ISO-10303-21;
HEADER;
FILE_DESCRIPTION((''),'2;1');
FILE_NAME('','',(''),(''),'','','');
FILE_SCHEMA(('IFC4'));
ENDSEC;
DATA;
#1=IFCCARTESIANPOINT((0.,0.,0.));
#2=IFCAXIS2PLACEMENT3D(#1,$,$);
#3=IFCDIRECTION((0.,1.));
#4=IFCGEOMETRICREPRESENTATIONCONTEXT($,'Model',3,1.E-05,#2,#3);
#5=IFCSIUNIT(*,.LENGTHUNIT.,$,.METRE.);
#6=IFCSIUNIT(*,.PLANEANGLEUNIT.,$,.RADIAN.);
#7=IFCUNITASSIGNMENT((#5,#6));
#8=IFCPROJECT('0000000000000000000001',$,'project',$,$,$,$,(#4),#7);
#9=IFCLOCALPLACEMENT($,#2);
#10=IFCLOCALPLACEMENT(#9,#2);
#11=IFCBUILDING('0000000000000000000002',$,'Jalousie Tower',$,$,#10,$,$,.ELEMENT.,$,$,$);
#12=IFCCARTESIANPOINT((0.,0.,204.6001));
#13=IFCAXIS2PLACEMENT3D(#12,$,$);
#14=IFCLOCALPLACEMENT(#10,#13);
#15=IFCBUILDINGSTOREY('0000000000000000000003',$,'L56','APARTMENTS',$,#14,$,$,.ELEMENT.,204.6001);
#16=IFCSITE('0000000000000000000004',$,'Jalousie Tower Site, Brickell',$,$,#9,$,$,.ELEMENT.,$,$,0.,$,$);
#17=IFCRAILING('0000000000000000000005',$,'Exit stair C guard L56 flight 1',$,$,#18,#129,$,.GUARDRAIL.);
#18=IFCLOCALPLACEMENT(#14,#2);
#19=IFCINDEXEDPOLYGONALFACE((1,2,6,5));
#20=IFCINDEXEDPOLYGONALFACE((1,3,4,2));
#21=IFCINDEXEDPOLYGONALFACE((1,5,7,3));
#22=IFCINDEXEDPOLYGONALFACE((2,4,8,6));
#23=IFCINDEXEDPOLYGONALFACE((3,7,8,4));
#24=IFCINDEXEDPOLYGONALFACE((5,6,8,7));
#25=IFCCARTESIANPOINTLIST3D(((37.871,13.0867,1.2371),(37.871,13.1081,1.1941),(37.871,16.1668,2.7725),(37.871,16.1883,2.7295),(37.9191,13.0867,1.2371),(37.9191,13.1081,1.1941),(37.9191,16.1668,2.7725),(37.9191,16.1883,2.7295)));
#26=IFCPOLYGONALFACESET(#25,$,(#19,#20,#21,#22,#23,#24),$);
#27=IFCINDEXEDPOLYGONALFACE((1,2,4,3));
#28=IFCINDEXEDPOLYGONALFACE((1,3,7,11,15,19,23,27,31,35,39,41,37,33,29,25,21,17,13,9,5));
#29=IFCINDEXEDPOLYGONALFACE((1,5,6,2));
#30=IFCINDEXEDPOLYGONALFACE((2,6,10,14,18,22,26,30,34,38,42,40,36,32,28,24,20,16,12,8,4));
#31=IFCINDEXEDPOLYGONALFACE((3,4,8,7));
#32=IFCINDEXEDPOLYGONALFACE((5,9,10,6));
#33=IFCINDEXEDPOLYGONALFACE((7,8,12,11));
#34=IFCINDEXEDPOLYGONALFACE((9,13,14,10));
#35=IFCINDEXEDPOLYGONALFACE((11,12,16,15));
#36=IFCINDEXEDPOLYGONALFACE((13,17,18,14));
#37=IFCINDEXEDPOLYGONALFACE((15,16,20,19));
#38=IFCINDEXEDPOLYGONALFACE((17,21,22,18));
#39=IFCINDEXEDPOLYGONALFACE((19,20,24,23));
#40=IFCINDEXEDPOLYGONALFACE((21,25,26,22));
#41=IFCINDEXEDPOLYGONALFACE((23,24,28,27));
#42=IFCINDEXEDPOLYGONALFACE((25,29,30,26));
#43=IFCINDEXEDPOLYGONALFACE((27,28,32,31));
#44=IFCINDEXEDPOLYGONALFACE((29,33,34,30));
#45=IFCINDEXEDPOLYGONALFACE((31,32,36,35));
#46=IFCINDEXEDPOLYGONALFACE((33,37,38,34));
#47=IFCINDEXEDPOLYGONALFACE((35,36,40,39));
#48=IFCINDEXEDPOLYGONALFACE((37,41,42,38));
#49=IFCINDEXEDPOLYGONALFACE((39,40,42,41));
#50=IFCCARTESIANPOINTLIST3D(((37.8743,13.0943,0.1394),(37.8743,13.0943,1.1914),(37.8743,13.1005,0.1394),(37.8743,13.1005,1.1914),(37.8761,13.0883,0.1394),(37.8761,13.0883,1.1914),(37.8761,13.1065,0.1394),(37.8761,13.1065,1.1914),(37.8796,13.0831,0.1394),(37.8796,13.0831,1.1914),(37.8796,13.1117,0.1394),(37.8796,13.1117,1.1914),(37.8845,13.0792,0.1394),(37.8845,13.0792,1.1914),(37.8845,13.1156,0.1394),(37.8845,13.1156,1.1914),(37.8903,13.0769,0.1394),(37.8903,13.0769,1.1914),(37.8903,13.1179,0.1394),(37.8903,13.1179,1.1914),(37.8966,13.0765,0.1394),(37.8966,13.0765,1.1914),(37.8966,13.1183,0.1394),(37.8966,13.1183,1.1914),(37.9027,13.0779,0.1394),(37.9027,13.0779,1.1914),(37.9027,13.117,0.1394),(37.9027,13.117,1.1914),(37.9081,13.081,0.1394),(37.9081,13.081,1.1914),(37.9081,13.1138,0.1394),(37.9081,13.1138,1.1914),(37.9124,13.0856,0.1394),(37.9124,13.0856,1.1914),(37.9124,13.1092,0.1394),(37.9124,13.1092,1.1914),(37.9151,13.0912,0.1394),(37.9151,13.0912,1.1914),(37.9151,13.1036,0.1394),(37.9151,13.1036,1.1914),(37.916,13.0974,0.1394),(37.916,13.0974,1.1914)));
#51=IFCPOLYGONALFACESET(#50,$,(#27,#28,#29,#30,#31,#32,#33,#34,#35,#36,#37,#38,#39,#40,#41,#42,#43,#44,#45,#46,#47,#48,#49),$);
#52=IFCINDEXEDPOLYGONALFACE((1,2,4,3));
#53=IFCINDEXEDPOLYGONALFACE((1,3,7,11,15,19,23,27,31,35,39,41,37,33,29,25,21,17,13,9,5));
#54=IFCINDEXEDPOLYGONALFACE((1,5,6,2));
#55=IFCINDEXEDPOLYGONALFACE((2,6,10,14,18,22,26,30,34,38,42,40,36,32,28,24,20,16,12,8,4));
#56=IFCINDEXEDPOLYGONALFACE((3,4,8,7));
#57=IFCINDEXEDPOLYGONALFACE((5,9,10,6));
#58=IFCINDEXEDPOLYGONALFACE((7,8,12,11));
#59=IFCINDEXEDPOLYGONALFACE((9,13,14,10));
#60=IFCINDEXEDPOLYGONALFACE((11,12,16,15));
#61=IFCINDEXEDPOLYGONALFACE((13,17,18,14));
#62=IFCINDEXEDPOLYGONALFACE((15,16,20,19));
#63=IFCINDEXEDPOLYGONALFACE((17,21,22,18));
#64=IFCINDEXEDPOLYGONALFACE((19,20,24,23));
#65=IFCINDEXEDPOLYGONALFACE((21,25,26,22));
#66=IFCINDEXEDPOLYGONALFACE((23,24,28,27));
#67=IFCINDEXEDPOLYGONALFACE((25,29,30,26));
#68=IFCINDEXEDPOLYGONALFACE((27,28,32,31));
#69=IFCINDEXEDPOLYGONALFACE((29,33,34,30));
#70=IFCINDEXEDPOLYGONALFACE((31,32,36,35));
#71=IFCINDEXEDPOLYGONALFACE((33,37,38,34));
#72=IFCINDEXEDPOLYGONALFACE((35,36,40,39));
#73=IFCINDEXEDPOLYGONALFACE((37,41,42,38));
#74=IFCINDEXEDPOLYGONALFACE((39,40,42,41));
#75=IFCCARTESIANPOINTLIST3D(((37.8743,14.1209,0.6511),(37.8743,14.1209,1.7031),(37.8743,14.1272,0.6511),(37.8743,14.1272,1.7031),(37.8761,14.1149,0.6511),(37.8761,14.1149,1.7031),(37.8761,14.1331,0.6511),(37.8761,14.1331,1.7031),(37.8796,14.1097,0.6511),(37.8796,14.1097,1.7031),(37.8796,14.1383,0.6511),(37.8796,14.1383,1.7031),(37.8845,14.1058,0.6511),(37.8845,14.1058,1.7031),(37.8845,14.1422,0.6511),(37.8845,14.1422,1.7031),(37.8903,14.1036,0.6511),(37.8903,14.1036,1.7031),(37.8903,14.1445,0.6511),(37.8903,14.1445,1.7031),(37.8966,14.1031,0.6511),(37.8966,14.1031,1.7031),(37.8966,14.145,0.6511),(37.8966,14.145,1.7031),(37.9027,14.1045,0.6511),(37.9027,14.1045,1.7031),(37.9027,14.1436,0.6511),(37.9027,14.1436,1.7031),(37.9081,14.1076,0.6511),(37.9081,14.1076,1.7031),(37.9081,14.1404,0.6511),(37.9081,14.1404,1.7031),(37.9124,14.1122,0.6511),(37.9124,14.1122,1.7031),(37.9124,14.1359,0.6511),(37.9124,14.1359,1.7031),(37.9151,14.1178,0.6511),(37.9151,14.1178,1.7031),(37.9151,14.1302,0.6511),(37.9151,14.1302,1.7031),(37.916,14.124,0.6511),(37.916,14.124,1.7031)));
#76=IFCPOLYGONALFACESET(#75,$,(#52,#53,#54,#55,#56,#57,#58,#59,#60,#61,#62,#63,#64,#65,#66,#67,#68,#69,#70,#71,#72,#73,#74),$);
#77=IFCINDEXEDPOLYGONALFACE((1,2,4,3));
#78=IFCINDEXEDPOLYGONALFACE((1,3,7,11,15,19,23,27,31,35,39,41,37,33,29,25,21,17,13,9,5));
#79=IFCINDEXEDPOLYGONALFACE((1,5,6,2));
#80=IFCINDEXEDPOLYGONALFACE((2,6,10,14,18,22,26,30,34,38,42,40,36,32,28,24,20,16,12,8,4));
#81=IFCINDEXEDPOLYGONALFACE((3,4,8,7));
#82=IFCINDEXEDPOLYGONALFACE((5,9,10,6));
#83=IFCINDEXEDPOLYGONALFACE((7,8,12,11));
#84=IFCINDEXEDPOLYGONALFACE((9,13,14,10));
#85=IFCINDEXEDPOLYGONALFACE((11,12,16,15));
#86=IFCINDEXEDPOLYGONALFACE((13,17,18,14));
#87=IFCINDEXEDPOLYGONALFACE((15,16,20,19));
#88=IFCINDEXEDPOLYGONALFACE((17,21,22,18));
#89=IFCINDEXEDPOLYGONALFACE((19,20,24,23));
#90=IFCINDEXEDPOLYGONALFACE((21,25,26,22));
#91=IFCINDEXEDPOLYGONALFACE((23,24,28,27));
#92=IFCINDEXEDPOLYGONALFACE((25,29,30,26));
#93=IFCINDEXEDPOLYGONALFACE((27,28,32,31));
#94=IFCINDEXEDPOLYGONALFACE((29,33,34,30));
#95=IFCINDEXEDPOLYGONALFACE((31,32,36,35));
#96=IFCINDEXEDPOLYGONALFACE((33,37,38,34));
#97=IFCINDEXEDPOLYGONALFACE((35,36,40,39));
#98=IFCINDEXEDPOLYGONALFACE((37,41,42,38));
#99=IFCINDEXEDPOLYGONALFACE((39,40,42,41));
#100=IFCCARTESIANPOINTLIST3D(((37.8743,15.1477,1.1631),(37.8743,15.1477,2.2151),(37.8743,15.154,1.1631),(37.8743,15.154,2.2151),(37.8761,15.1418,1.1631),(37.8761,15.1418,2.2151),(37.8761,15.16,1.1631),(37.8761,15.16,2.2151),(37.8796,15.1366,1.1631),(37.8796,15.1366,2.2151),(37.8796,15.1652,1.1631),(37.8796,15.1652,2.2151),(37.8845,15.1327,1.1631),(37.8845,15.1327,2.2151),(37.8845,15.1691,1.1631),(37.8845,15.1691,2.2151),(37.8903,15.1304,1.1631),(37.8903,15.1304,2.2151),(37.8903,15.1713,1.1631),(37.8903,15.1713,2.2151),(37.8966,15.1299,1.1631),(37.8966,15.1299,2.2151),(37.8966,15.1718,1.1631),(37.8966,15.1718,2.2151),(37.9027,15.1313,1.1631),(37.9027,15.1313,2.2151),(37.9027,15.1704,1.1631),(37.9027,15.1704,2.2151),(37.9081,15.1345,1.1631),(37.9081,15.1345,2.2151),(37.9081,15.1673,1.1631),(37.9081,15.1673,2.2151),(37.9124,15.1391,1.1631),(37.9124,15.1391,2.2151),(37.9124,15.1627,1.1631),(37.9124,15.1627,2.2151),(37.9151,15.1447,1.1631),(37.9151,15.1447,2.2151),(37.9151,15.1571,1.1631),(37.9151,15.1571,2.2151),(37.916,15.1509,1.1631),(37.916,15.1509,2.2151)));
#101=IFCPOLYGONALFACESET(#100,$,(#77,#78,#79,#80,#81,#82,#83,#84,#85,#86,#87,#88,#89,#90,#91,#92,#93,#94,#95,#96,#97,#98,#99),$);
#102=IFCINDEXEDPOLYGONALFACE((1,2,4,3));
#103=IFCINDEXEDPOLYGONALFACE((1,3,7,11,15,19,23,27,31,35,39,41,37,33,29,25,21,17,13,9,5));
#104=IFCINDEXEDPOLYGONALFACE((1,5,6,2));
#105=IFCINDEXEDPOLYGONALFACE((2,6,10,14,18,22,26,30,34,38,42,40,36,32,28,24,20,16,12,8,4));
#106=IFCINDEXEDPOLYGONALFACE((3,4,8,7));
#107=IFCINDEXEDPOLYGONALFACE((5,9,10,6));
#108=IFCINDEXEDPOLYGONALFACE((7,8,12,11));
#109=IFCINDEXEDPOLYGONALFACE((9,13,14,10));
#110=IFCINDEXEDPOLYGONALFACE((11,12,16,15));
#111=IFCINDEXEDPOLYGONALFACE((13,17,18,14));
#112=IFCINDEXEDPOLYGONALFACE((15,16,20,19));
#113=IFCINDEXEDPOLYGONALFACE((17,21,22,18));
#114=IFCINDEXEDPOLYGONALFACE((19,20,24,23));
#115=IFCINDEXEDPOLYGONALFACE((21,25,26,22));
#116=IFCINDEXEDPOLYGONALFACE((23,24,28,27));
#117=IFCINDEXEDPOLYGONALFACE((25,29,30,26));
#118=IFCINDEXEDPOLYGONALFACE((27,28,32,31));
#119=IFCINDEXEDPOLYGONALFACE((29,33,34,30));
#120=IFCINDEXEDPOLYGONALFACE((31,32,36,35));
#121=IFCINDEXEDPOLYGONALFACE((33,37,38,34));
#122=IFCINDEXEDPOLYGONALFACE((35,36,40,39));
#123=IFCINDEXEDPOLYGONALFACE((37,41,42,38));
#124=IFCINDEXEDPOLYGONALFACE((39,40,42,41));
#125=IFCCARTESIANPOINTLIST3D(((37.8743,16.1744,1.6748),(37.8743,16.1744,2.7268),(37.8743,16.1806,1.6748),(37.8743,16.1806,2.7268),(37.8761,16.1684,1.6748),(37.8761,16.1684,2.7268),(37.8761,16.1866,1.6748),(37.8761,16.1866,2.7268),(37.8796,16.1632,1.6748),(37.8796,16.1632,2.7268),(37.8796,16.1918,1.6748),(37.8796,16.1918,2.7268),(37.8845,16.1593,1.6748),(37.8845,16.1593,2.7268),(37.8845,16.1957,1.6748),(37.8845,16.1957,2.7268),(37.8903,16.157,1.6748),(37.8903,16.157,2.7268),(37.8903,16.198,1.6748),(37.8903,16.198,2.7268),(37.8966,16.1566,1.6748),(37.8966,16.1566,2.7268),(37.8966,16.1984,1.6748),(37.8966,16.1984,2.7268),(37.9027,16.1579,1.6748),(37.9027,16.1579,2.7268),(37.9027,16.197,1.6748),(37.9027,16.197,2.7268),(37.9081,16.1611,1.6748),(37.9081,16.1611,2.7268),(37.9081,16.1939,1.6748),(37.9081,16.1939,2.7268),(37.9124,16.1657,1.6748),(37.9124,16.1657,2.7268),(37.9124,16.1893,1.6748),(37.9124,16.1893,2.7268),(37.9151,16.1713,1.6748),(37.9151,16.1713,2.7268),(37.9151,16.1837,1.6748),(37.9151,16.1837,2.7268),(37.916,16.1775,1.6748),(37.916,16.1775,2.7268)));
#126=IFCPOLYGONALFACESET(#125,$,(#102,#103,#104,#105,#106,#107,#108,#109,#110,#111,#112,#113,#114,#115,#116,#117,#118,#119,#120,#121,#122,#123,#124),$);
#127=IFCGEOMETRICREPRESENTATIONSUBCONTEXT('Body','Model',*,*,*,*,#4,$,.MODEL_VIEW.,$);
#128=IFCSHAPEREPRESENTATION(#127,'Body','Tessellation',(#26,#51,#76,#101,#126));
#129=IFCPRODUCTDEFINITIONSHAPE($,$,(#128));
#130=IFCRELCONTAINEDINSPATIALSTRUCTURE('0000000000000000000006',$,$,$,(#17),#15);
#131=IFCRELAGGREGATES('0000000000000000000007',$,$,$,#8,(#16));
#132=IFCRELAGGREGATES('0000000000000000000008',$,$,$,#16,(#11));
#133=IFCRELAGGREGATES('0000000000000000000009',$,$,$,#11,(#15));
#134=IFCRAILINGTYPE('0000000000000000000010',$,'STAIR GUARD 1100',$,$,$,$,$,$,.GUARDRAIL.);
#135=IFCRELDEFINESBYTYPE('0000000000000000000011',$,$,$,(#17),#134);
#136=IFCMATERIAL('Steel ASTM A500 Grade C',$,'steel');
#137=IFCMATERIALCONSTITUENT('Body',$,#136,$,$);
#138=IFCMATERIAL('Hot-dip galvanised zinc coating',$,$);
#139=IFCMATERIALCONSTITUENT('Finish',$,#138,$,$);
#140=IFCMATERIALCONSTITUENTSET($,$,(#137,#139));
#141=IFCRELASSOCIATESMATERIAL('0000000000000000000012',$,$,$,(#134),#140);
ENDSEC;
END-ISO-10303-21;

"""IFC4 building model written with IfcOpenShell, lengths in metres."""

from ifc_helpers import new_model, si_unit, direction, frame, origin, origin_2d, place, context, subcontext, project, spatial, rectangle, circle, extrude, material, constituent, constituent_set, type_object, element, save


model = new_model("IFC4")

# Units and contexts
model_context = context("Model", 3, precision=1e-05, world=origin(), true_north=direction((0.0, 1.0)))
body_context = subcontext(model_context, "Body", "Model", "MODEL_VIEW")
ifc_project = project(units=[si_unit("LENGTHUNIT", "METRE"), si_unit("PLANEANGLEUNIT", "RADIAN")], contexts=[model_context])

# Site, building, storey
site_placement = place(None, origin())
site = spatial("IfcSite", under=ifc_project, at=site_placement, Name="Jalousie Tower Site, Brickell", CompositionType="ELEMENT", RefElevation=0.0)
building_placement = place(site_placement, origin())
building = spatial("IfcBuilding", under=site, at=building_placement, Name="Jalousie Tower", CompositionType="ELEMENT")
storey_placement = place(building_placement, frame((0.0, 0.0, 204.6001)))
storey = spatial("IfcBuildingStorey", under=building, at=storey_placement, Name="L56", Description="APARTMENTS", CompositionType="ELEMENT", Elevation=204.6001)

# Railing
ifc_material_1 = material(Name="Steel ASTM A500 Grade C", Category="steel")
ifc_constituent_1 = constituent(ifc_material_1, Name="Body")
ifc_material_2 = material(Name="Hot-dip galvanised zinc coating")
ifc_constituent_2 = constituent(ifc_material_2, Name="Finish")
ifc_constituent_set_1 = constituent_set(constituents=[ifc_constituent_1, ifc_constituent_2])
railing_type_1 = type_object("IfcRailingType", Name="STAIR GUARD 1100", PredefinedType="GUARDRAIL", material=ifc_constituent_set_1)
railing_1_placement = place(storey_placement, frame((37.895, 13.0974, 0.1394)))
element("IfcRailing", 1, at=railing_1_placement, inside=storey, type_object=railing_type_1, Name="Exit stair C guard L56 flight 1", PredefinedType="GUARDRAIL", context=body_context, shape_type="SweptSolid", body=[
    extrude(rectangle(XDim=0.0481, YDim=0.0481, at=origin_2d()), frame((0.0, 0.0, 1.0762), z_axis=(0.0, 0.894966, 0.446135), x_axis=(-1.0, 0.0, 0.0)), (0.0, 0.0, 1.0), 3.4417),
    extrude(circle(Radius=0.021, at=origin_2d()), origin(), (0.0, 0.0, 1.0), 1.052),
    extrude(circle(Radius=0.021, at=origin_2d()), frame((0.0, 1.0266, 0.5117)), (0.0, 0.0, 1.0), 1.052),
    extrude(circle(Radius=0.021, at=origin_2d()), frame((0.0, 2.0535, 1.0237)), (0.0, 0.0, 1.0), 1.052),
    extrude(circle(Radius=0.021, at=origin_2d()), frame((0.0, 3.0801, 1.5354)), (0.0, 0.0, 1.0), 1.052),
])

save(model, "model.ifc")
